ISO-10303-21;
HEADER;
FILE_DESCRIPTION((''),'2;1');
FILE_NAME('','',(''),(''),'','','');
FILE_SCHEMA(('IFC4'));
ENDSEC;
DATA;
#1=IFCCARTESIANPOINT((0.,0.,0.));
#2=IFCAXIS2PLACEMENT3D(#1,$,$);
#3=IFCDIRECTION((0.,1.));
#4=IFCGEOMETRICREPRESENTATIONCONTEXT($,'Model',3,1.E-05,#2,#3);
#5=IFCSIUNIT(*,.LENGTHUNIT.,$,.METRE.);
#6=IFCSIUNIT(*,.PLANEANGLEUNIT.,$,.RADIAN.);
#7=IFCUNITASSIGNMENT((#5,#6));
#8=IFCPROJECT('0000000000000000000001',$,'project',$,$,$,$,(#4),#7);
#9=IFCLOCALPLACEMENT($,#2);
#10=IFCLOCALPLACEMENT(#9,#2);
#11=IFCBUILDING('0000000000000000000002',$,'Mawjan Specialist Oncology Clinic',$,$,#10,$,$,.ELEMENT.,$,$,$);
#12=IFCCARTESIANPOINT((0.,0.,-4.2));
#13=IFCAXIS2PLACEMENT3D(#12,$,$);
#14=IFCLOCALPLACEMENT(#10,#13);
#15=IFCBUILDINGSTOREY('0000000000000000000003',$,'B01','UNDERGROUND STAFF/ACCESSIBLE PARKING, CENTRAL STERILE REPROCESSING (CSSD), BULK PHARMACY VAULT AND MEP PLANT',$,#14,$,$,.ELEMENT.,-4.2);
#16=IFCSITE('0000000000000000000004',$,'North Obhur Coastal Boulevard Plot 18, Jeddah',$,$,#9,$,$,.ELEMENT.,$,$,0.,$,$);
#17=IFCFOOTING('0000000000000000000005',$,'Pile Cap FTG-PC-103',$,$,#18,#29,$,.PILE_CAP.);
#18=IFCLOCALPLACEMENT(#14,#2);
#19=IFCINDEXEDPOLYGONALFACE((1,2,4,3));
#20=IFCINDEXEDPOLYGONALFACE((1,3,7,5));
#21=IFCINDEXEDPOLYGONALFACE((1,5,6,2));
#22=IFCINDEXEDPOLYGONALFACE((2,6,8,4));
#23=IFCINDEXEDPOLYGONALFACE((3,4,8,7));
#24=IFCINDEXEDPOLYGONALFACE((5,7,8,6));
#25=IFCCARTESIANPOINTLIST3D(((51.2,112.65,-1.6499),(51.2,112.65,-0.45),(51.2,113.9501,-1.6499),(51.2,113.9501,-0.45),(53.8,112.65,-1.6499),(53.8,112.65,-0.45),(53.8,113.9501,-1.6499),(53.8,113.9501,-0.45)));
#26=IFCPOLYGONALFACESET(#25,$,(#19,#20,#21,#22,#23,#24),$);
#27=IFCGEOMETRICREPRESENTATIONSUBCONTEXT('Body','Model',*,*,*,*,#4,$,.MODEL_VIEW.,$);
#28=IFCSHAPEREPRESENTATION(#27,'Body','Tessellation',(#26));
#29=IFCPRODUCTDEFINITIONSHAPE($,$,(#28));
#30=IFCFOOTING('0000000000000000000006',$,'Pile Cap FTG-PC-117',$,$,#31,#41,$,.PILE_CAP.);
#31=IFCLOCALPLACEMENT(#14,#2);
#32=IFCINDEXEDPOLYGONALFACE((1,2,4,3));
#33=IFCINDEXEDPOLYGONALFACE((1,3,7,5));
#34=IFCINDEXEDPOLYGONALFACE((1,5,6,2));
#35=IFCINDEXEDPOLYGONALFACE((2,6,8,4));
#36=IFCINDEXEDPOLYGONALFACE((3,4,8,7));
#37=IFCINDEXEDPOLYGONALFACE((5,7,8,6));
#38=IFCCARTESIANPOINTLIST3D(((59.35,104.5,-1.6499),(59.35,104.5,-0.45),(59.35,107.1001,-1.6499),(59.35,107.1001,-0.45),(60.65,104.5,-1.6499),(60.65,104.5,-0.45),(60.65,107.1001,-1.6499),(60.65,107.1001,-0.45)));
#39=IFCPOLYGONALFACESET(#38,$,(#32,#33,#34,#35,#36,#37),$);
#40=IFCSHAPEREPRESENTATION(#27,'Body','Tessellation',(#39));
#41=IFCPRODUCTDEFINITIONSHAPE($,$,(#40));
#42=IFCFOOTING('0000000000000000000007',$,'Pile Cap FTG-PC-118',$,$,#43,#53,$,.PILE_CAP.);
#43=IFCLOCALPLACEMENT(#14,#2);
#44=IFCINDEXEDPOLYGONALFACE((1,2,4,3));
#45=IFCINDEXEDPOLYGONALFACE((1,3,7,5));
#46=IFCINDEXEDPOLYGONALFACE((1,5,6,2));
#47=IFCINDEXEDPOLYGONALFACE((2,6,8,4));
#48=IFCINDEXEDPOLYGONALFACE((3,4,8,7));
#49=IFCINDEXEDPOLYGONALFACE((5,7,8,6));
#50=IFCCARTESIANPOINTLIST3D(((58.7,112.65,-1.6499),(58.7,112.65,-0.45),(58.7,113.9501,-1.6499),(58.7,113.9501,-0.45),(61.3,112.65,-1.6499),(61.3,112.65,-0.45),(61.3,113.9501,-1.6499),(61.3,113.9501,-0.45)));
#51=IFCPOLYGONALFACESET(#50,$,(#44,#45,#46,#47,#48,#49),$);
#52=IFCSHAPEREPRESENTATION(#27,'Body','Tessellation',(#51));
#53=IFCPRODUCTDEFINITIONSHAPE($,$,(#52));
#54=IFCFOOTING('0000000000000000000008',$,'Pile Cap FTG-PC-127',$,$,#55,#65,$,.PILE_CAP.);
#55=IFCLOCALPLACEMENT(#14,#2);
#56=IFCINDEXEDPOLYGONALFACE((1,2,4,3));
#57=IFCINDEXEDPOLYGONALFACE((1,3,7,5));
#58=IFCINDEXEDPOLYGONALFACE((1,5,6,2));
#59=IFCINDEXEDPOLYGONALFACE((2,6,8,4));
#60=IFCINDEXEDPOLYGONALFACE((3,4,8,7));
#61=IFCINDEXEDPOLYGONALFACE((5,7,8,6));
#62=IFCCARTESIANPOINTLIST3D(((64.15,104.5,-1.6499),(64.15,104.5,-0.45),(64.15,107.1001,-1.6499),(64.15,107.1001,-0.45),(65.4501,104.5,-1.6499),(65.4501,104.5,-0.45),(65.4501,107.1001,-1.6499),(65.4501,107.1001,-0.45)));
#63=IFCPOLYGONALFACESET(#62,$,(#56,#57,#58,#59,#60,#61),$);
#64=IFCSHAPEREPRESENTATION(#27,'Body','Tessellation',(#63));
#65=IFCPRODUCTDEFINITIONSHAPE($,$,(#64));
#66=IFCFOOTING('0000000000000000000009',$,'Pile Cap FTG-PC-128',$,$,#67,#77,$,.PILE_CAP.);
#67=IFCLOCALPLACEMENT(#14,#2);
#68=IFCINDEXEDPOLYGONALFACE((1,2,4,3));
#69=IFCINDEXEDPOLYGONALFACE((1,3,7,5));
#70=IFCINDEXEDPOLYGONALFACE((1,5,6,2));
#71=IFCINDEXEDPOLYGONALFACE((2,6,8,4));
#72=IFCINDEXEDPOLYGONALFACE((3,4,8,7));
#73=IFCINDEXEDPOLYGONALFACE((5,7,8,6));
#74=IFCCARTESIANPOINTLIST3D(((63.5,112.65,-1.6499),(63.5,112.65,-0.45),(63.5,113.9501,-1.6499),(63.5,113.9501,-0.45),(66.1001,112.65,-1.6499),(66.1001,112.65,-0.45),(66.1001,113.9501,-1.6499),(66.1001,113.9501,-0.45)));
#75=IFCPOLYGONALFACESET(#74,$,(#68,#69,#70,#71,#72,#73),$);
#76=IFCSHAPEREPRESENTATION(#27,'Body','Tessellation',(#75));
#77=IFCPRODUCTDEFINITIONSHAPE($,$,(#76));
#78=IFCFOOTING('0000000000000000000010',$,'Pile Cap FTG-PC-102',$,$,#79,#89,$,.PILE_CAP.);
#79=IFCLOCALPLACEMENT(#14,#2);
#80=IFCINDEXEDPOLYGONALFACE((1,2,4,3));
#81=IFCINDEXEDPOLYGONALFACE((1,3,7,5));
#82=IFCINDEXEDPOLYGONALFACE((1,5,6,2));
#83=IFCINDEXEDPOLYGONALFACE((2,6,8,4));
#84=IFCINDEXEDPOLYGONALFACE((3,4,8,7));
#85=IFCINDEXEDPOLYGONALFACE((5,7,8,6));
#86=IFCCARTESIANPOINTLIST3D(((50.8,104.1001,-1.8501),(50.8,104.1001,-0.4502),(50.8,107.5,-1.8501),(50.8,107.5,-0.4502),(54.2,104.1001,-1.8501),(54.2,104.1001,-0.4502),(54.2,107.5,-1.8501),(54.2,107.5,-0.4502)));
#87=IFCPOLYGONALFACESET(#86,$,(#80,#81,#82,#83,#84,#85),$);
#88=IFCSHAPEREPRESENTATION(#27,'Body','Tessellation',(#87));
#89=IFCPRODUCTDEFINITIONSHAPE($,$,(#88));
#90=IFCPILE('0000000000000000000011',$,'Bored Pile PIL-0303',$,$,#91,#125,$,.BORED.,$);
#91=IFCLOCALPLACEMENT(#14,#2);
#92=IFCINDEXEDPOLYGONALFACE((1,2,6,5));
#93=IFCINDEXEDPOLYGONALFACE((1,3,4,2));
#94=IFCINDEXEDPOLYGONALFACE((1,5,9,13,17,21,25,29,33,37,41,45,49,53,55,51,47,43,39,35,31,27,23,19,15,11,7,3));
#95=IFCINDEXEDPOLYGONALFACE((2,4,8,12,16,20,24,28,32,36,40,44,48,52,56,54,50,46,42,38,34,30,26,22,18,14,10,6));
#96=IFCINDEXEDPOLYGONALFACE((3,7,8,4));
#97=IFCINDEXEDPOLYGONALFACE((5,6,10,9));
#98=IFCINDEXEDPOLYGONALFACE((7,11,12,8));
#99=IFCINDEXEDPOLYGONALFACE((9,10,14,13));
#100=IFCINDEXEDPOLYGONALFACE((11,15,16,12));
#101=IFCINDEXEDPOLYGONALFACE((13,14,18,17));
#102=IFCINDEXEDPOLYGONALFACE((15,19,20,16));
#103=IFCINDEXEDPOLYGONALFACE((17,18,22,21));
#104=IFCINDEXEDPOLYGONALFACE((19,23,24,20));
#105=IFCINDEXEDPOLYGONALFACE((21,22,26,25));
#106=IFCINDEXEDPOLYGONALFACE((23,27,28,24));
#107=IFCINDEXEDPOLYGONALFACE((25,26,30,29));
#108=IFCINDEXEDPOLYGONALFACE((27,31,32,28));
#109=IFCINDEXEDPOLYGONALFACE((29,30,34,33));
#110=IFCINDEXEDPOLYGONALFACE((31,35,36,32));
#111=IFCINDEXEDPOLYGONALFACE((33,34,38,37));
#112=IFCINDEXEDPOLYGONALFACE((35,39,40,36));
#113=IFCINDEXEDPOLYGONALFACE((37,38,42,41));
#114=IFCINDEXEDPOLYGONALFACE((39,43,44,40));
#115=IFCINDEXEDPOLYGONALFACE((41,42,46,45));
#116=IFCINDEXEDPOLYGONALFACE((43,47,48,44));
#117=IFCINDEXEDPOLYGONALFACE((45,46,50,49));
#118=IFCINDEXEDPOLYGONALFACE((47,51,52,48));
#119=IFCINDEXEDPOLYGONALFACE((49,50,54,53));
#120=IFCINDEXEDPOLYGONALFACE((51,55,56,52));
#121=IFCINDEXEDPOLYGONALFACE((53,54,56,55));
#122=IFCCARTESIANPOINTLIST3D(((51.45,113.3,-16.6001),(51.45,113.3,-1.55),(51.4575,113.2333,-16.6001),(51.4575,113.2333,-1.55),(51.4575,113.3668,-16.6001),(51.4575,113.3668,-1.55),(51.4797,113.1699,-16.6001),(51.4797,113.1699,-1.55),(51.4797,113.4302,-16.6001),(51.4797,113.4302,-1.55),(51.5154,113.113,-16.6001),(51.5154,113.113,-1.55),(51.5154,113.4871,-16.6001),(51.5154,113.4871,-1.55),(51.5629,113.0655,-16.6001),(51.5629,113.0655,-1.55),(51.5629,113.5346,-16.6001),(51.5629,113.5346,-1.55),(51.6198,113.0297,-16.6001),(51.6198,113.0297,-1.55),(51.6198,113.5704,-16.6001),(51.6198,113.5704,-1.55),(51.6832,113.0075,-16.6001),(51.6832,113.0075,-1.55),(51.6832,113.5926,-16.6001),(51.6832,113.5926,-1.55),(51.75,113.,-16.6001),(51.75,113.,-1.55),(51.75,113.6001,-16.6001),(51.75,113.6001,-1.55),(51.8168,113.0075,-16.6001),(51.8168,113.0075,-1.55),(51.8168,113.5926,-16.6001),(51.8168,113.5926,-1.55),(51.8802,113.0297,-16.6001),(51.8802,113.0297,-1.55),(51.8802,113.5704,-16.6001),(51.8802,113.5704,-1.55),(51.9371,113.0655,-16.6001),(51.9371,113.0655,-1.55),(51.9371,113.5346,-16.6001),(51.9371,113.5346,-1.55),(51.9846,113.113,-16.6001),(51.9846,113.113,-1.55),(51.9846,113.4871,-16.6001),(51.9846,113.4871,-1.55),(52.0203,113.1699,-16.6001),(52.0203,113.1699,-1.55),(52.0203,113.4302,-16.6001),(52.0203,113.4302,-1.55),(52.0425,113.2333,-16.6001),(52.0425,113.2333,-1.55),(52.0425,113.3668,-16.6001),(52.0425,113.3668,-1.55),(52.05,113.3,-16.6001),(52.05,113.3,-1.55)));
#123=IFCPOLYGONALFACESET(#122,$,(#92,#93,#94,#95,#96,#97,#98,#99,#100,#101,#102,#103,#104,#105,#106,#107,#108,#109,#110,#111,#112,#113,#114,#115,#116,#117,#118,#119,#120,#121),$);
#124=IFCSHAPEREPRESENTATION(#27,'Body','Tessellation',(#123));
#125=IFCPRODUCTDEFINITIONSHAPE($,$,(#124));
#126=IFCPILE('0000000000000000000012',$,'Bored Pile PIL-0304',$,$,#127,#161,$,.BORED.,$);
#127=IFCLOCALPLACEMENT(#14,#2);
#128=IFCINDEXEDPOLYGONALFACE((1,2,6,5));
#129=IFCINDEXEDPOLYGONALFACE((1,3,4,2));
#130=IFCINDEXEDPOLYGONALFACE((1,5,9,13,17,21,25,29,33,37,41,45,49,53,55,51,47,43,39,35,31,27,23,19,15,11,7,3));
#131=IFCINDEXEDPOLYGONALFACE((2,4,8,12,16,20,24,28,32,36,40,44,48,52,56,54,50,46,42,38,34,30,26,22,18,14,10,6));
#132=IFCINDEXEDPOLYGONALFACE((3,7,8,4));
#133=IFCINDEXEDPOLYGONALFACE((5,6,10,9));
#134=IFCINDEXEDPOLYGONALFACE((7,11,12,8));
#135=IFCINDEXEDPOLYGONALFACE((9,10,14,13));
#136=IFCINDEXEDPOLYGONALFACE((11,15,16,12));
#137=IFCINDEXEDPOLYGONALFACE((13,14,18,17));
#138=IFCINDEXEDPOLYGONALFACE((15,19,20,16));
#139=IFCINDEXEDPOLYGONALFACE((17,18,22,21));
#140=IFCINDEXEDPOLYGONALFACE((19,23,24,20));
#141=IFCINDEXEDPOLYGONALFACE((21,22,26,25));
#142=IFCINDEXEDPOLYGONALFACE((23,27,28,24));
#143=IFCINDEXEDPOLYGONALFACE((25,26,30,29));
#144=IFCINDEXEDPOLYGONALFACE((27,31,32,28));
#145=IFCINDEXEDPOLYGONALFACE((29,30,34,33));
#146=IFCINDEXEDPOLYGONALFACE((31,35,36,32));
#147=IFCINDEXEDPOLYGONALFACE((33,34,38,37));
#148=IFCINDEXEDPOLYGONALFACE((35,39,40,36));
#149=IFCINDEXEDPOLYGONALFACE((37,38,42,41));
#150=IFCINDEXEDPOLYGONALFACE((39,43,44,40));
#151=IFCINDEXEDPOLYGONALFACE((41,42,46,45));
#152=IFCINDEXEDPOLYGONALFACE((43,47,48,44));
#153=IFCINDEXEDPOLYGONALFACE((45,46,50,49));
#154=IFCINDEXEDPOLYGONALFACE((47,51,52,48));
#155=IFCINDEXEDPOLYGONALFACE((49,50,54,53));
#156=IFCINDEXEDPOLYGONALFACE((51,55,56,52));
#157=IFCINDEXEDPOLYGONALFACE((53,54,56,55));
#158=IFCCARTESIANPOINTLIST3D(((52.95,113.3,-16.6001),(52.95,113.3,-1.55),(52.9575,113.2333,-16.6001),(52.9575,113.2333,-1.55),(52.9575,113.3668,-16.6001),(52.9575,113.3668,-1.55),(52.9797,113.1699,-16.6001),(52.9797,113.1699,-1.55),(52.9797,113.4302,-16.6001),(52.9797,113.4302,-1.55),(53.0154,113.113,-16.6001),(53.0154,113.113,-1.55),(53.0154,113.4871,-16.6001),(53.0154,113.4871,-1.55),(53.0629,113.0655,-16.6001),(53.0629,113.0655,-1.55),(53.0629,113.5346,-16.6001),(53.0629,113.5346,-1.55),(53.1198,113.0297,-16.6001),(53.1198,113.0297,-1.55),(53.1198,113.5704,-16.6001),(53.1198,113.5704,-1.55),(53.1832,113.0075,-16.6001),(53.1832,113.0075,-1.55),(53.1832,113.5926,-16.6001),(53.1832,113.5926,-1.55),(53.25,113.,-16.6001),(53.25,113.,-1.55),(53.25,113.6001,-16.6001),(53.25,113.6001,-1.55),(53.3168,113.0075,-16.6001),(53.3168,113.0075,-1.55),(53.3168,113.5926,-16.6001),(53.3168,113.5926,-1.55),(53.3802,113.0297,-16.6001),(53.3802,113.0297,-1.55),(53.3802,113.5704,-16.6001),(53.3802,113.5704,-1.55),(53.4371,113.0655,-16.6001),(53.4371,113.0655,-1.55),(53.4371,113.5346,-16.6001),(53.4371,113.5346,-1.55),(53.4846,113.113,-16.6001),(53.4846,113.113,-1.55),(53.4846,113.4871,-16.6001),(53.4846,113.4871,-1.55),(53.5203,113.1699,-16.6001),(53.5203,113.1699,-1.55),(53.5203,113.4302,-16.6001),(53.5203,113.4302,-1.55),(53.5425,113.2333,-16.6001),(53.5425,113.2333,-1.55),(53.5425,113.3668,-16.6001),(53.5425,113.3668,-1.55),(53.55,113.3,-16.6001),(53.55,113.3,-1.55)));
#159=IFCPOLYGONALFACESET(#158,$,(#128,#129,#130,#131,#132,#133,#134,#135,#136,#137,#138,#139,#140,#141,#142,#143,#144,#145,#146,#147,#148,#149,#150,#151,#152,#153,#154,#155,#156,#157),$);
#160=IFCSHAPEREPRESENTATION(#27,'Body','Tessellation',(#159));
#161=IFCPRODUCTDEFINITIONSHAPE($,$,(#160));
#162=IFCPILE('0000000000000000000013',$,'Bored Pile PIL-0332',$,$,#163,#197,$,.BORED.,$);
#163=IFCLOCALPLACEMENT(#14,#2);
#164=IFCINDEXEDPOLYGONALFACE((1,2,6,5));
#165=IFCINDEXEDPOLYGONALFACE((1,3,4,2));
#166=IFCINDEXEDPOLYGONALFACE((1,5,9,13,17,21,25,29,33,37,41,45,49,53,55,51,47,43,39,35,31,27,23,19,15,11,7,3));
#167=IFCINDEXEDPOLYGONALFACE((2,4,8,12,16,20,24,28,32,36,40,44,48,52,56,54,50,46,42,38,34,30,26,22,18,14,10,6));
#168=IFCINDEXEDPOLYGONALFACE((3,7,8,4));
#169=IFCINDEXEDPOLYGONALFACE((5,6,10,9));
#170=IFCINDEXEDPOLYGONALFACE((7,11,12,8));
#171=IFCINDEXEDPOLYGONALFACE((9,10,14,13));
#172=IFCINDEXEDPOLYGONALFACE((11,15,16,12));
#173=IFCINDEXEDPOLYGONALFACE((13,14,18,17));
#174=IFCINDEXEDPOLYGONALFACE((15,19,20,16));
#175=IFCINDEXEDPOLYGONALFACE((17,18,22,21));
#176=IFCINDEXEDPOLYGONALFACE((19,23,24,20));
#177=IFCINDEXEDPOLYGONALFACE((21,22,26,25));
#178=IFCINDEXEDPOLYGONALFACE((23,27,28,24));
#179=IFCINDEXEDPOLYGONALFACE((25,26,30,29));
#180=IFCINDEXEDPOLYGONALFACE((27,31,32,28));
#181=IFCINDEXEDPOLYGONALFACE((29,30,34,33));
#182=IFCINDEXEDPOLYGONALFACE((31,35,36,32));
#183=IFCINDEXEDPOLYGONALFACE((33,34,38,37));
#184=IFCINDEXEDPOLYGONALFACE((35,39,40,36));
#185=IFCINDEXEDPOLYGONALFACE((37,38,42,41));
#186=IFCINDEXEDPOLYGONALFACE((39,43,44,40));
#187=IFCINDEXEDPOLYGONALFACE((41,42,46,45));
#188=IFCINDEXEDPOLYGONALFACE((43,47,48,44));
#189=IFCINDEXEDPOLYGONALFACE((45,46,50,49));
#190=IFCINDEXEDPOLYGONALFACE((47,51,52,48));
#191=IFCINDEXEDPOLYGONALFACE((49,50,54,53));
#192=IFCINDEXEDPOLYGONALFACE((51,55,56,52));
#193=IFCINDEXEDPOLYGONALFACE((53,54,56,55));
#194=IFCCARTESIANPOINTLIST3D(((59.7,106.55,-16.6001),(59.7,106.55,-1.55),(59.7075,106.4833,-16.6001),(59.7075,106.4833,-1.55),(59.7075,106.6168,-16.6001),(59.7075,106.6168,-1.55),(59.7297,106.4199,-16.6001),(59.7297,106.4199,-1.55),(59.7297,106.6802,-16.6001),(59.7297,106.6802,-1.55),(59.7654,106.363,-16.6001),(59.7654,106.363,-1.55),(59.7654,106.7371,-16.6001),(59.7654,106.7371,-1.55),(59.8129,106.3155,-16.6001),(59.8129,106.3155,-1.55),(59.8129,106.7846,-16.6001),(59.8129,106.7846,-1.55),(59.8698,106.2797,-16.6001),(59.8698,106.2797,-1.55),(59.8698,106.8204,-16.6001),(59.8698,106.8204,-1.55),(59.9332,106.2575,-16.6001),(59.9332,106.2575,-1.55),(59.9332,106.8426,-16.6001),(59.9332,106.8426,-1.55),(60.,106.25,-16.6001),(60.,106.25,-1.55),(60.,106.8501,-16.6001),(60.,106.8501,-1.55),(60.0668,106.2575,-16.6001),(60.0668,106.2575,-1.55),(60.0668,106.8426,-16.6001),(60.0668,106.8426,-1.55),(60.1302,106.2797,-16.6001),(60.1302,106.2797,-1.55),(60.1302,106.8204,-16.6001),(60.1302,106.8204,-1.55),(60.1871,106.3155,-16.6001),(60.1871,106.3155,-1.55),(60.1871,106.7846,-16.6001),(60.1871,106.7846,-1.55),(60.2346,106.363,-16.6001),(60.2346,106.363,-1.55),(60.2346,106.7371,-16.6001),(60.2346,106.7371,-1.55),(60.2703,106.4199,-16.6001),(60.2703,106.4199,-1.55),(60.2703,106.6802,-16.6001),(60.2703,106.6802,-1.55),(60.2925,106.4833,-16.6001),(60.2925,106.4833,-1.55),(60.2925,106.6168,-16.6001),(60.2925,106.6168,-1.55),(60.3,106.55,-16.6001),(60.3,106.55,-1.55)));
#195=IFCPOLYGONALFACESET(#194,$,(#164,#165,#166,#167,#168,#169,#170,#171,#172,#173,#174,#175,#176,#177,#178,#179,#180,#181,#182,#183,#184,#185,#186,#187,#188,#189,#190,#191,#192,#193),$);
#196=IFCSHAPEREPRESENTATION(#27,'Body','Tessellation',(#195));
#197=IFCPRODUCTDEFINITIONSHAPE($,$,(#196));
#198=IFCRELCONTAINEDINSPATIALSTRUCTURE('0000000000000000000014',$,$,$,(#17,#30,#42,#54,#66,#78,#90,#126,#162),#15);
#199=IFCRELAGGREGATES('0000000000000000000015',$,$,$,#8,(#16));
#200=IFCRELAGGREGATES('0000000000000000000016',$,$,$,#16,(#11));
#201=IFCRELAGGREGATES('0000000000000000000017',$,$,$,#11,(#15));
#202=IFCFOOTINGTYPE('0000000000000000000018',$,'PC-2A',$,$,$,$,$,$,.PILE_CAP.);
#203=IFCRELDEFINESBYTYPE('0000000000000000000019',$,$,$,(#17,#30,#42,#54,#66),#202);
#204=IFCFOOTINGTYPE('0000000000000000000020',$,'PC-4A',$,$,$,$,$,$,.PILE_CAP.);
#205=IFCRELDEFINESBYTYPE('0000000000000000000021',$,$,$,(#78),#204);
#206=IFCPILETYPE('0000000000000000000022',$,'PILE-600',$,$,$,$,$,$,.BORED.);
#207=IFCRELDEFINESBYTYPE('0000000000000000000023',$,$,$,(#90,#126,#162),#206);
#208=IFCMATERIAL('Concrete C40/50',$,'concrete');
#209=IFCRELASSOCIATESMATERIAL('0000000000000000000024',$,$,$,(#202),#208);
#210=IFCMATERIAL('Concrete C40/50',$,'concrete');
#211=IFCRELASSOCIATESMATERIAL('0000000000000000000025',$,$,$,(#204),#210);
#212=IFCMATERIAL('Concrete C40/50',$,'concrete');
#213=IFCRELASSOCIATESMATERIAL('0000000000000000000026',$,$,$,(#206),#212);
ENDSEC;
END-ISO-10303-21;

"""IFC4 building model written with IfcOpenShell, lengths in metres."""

from ifc_helpers import new_model, si_unit, direction, frame, origin, origin_2d, place, context, subcontext, project, spatial, rectangle, circle, extrude, material, material_profile, profile_set, type_object, element, save


model = new_model("IFC4")

# Units and contexts
model_context = context("Model", 3, precision=1e-05, world=origin(), true_north=direction((0.0, 1.0)))
body_context = subcontext(model_context, "Body", "Model", "MODEL_VIEW")
ifc_project = project(units=[si_unit("LENGTHUNIT", "METRE"), si_unit("PLANEANGLEUNIT", "RADIAN")], contexts=[model_context])

# Site, building, storey
site_placement = place(None, origin())
site = spatial("IfcSite", under=ifc_project, at=site_placement, Name="North Obhur Coastal Boulevard Plot 18, Jeddah", CompositionType="ELEMENT", RefElevation=0.0)
building_placement = place(site_placement, origin())
building = spatial("IfcBuilding", under=site, at=building_placement, Name="Mawjan Specialist Oncology Clinic", CompositionType="ELEMENT")
storey_placement = place(building_placement, frame((0.0, 0.0, -4.2)))
storey = spatial("IfcBuildingStorey", under=building, at=storey_placement, Name="B01", Description="UNDERGROUND STAFF/ACCESSIBLE PARKING, CENTRAL STERILE REPROCESSING (CSSD), BULK PHARMACY VAULT AND MEP PLANT", CompositionType="ELEMENT", Elevation=-4.2)

# Footings
ifc_material_1 = material(Name="Concrete C40/50", Category="concrete")
footing_type_1 = type_object("IfcFootingType", Name="PC-2A", PredefinedType="PILE_CAP", material=ifc_material_1)
for number, where, z_axis, x_axis, name in (
    (1, (52.5, 113.3, -1.6499), (0.0, 0.0, 1.0), (1.0, 0.0, 0.0), "Pile Cap FTG-PC-103"),
    (2, (60.0, 105.8, -1.6499), (0.0, 0.0, 1.0), (0.0, 1.0, 0.0), "Pile Cap FTG-PC-117"),
    (3, (60.0, 113.3, -1.6499), (0.0, 0.0, 1.0), (1.0, 0.0, 0.0), "Pile Cap FTG-PC-118"),
    (4, (64.8, 105.8, -1.6499), (0.0, 0.0, 1.0), (0.0, 1.0, 0.0), "Pile Cap FTG-PC-127"),
    (5, (64.8, 113.3, -1.6499), (0.0, 0.0, 1.0), (1.0, 0.0, 0.0), "Pile Cap FTG-PC-128"),
):
    element("IfcFooting", number, at=place(storey_placement, frame(where, z_axis=z_axis, x_axis=x_axis)), inside=storey, type_object=footing_type_1, Name=name, PredefinedType="PILE_CAP", context=body_context, shape_type="SweptSolid", body=[
        extrude(rectangle(XDim=2.6001, YDim=1.3, at=origin_2d()), origin(), (0.0, 0.0, 1.0), 1.2),
    ])
ifc_material_2 = material(Name="Concrete C40/50", Category="concrete")
footing_type_2 = type_object("IfcFootingType", Name="PC-4A", PredefinedType="PILE_CAP", material=ifc_material_2)
footing_1_placement = place(storey_placement, frame((52.5, 105.8, -1.8501), z_axis=(0.0, 0.0, 1.0), x_axis=(1.0, 0.0, 0.0)))
element("IfcFooting", 6, at=footing_1_placement, inside=storey, type_object=footing_type_2, Name="Pile Cap FTG-PC-102", PredefinedType="PILE_CAP", context=body_context, shape_type="SweptSolid", body=[
    extrude(rectangle(XDim=3.3999, YDim=3.3999, at=origin_2d()), origin(), (0.0, 0.0, 1.0), 1.3999),
])

# Piles
ifc_material_3 = material(Name="Concrete C40/50", Category="concrete")
ifc_material_profile_1 = material_profile(ifc_material_3, circle(Radius=0.3, at=origin_2d()), Name="BORED PILE D600", Category="concrete")
ifc_profile_set_1 = profile_set([ifc_material_profile_1], Name="Concrete C40/50")
pile_type_1 = type_object("IfcPileType", Name="PILE-600", PredefinedType="BORED", material=ifc_profile_set_1)
for number, where, z_axis, x_axis, name in (
    (7, (51.75, 113.3, -1.55), (0.0, 0.0, -1.0), (1.0, 0.0, 0.0), "Bored Pile PIL-0303"),
    (8, (53.25, 113.3, -1.55), (0.0, 0.0, -1.0), (1.0, 0.0, 0.0), "Bored Pile PIL-0304"),
    (9, (60.0, 106.55, -1.55), (0.0, 0.0, -1.0), (1.0, 0.0, 0.0), "Bored Pile PIL-0332"),
):
    element("IfcPile", number, at=place(storey_placement, frame(where, z_axis=z_axis, x_axis=x_axis)), inside=storey, type_object=pile_type_1, Name=name, PredefinedType="BORED", context=body_context, shape_type="SweptSolid", body=[
        extrude(circle(Radius=0.3, at=origin_2d()), origin(), (0.0, 0.0, 1.0), 15.05),
    ])

save(model, "model.ifc")
